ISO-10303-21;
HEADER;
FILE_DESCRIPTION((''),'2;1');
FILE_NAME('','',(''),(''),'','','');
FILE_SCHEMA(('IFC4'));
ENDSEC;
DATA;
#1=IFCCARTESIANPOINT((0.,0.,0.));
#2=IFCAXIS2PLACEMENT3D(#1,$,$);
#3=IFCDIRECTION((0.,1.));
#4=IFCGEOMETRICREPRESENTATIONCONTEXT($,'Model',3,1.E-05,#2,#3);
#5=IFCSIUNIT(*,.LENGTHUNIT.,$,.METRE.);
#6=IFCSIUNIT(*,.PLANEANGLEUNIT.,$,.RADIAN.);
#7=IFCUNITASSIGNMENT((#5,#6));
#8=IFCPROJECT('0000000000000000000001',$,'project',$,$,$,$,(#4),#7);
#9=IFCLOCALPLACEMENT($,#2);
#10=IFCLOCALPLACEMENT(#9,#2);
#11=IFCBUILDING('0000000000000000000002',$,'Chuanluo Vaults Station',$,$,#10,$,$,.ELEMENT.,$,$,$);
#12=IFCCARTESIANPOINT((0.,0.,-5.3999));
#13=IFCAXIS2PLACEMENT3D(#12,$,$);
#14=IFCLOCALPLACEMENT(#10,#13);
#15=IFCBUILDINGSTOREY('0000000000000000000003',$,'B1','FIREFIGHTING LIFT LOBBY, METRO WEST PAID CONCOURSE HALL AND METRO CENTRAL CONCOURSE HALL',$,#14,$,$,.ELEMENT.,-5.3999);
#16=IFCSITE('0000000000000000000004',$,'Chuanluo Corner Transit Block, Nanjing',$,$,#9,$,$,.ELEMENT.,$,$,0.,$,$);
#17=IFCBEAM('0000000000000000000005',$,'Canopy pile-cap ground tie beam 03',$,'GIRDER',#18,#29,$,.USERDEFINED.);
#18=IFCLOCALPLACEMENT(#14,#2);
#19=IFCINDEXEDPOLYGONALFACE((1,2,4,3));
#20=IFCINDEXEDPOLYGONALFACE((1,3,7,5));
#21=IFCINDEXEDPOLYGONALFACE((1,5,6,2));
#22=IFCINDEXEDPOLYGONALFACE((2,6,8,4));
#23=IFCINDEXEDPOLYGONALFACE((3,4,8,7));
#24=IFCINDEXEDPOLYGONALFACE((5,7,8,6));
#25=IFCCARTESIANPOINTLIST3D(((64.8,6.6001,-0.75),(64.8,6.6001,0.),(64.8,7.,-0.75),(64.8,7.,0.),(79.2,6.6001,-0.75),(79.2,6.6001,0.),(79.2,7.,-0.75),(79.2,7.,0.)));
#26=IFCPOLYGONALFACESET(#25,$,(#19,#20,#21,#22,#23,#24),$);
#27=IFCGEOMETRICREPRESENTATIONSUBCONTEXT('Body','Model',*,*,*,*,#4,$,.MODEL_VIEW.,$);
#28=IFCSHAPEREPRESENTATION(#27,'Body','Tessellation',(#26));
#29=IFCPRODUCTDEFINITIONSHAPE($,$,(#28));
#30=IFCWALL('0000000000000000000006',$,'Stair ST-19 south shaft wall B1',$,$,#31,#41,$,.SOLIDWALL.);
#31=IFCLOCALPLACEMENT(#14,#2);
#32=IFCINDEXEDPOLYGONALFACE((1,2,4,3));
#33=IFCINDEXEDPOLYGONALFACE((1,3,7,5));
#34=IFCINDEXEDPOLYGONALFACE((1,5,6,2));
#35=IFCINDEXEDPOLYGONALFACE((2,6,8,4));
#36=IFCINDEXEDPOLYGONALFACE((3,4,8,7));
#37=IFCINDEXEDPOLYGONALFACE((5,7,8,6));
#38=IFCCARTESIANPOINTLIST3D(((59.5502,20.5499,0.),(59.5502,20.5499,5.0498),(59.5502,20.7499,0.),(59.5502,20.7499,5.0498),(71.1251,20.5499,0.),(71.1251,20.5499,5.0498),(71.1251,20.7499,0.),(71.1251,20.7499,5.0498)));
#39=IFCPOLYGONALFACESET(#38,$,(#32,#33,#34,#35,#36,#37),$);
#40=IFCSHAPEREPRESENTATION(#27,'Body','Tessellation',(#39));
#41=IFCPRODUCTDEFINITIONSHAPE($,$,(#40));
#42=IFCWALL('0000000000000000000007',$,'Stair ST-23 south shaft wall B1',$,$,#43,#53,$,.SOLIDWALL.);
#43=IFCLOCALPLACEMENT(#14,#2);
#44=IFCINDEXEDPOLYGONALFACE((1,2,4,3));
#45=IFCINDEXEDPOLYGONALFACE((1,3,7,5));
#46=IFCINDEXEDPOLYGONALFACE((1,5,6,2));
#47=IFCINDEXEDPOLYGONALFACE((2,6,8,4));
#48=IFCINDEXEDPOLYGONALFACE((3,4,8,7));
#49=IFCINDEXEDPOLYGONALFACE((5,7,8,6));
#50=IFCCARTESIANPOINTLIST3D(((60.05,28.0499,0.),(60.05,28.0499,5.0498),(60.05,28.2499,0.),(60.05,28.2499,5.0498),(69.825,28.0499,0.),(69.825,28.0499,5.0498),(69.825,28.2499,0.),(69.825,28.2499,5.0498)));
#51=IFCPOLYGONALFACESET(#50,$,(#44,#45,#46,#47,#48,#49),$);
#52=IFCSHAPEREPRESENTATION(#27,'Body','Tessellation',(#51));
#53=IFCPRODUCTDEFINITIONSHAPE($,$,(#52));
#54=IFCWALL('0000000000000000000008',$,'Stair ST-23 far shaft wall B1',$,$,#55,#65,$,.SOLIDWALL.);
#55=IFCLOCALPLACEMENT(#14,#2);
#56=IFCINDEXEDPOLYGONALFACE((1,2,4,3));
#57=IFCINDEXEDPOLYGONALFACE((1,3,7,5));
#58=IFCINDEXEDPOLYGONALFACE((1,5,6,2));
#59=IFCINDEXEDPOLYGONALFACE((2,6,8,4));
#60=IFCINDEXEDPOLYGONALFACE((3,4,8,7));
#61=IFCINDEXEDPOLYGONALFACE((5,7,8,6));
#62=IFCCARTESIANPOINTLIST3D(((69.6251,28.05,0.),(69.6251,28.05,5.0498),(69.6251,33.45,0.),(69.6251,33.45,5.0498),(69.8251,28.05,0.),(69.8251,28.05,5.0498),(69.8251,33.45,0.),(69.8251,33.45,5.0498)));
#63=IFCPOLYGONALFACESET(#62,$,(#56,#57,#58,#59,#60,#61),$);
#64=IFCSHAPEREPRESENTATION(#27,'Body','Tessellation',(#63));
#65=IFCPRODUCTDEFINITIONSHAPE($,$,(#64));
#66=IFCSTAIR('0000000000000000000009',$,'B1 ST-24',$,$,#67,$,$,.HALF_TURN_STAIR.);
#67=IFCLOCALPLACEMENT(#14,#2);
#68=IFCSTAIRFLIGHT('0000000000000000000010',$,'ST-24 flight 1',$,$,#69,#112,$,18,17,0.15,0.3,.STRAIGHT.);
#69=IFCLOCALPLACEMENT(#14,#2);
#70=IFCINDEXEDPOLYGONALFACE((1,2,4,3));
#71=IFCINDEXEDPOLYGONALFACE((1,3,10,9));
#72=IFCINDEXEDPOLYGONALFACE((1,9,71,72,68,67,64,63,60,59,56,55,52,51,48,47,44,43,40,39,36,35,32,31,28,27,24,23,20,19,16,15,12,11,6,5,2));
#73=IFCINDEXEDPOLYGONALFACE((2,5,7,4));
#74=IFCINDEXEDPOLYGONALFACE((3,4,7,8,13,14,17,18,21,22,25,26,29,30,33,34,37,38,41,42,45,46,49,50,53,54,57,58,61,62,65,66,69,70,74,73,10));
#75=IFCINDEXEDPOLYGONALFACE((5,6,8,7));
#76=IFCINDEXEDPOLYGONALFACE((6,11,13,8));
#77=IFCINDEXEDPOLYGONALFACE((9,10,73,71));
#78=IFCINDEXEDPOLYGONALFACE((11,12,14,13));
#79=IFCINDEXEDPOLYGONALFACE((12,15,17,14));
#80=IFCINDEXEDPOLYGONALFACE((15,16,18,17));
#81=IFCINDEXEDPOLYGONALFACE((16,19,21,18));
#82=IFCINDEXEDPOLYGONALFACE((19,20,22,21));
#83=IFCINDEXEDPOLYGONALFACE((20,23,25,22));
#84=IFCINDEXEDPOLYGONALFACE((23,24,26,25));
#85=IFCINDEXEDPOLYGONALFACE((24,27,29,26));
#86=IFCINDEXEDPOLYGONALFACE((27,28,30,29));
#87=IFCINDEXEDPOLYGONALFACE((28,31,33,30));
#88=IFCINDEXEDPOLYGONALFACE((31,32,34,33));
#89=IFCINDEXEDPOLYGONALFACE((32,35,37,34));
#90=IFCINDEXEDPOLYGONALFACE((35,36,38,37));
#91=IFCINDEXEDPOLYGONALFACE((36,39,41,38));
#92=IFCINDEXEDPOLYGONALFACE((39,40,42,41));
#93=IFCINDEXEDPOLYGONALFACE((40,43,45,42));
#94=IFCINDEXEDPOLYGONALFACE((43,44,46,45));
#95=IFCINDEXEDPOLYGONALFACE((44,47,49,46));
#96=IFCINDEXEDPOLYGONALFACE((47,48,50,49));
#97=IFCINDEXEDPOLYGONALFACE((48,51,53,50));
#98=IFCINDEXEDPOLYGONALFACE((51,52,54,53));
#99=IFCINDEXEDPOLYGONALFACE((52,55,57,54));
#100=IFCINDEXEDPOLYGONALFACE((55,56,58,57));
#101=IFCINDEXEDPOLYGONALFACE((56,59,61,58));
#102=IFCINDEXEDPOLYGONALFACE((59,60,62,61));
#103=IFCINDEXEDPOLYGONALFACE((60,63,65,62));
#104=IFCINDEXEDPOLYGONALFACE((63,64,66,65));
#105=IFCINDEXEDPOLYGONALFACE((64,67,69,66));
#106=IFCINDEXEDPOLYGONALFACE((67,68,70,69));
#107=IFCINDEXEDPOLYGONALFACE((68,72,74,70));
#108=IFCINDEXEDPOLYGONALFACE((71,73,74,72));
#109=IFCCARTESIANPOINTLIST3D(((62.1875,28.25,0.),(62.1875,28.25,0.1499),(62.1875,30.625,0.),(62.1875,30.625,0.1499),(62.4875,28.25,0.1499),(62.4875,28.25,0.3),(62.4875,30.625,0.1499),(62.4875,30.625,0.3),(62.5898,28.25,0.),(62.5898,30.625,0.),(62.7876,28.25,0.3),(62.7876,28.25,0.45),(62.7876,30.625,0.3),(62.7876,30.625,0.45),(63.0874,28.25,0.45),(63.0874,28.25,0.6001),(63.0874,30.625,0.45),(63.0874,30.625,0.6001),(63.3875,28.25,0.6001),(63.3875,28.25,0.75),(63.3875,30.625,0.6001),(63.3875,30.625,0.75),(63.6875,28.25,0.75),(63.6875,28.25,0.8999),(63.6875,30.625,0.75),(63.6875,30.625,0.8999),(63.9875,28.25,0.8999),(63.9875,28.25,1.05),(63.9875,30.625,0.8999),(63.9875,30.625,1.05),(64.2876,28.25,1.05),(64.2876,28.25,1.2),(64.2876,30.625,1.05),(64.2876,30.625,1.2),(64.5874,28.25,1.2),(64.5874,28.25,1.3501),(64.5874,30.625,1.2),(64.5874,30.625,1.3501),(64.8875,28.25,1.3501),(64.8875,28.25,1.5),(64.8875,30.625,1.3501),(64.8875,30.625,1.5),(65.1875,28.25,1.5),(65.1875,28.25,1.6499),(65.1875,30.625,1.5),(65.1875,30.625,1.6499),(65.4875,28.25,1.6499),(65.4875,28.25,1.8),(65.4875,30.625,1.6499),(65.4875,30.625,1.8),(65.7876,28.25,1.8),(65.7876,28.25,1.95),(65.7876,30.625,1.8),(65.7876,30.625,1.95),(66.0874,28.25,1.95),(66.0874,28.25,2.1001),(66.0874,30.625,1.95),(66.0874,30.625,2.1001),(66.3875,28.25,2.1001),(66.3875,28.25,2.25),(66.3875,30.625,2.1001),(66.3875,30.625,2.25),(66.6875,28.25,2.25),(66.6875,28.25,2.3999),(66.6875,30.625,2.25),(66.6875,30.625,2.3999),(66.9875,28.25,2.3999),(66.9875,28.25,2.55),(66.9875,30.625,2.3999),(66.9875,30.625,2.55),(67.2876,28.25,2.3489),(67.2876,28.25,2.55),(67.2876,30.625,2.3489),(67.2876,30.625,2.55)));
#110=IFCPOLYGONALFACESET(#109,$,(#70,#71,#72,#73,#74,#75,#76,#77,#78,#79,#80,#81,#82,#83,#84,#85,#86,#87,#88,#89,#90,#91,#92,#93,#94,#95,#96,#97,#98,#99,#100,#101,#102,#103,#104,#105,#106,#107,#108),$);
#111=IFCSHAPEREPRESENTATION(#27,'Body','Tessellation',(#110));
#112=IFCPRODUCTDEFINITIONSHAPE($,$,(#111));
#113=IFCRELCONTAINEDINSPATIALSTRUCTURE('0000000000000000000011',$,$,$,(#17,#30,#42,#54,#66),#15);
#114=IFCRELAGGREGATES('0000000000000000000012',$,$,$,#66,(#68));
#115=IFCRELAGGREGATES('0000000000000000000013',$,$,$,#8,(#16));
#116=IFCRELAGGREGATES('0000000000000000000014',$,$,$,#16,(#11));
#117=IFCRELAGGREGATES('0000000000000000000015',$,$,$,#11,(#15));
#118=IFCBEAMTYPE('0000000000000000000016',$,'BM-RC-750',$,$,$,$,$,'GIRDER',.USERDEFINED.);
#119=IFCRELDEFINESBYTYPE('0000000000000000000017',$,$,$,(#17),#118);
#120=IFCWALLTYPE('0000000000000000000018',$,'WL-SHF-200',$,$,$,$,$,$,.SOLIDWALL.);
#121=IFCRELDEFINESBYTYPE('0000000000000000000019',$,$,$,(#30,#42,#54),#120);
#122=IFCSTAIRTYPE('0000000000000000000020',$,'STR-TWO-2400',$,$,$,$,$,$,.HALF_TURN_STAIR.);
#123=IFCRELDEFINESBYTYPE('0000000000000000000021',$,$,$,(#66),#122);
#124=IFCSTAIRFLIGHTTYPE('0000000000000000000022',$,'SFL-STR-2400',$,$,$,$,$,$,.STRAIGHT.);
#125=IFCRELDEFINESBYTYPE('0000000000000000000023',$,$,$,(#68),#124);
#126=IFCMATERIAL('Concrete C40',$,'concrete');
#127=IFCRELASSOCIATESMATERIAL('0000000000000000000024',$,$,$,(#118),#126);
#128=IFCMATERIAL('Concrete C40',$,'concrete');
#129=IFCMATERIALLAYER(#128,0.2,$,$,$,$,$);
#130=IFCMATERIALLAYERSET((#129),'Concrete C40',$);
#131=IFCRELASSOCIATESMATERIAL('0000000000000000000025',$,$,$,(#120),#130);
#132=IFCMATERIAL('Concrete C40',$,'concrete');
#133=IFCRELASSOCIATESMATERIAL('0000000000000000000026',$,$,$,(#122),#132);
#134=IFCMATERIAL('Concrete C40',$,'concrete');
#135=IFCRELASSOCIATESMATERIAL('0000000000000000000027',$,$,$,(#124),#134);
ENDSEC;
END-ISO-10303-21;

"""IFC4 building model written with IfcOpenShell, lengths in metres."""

from ifc_helpers import new_model, si_unit, direction, frame, frame_2d, origin, origin_2d, place, context, subcontext, project, spatial, polyline, rectangle, outline, extrude, material, layer, layer_set, material_profile, profile_set, type_object, element, aggregate, save


model = new_model("IFC4")

# Units and contexts
model_context = context("Model", 3, precision=1e-05, world=origin(), true_north=direction((0.0, 1.0)))
body_context = subcontext(model_context, "Body", "Model", "MODEL_VIEW")
ifc_project = project(units=[si_unit("LENGTHUNIT", "METRE"), si_unit("PLANEANGLEUNIT", "RADIAN")], contexts=[model_context])

# Site, building, storey
site_placement = place(None, origin())
site = spatial("IfcSite", under=ifc_project, at=site_placement, Name="Chuanluo Corner Transit Block, Nanjing", CompositionType="ELEMENT", RefElevation=0.0)
building_placement = place(site_placement, origin())
building = spatial("IfcBuilding", under=site, at=building_placement, Name="Chuanluo Vaults Station", CompositionType="ELEMENT")
storey_placement = place(building_placement, frame((0.0, 0.0, -5.3999)))
storey = spatial("IfcBuildingStorey", under=building, at=storey_placement, Name="B1", Description="FIREFIGHTING LIFT LOBBY, METRO WEST PAID CONCOURSE HALL AND METRO CENTRAL CONCOURSE HALL", CompositionType="ELEMENT", Elevation=-5.3999)

# Beam
ifc_material_1 = material(Name="Concrete C40", Category="concrete")
ifc_material_profile_1 = material_profile(ifc_material_1, rectangle(XDim=0.3999, YDim=0.75, at=origin_2d()))
ifc_profile_set_1 = profile_set([ifc_material_profile_1], Name="Concrete C40")
beam_type = type_object("IfcBeamType", Name="BM-RC-750", ElementType="GIRDER", PredefinedType="USERDEFINED", material=ifc_profile_set_1)
beam_placement = place(storey_placement, frame((64.8, 6.8, -0.375), z_axis=(1.0, 0.0, 0.0), x_axis=(0.0, 1.0, 0.0)))
element("IfcBeam", 1, at=beam_placement, inside=storey, type_object=beam_type, Name="Canopy pile-cap ground tie beam 03", ObjectType="GIRDER", PredefinedType="USERDEFINED", context=body_context, shape_type="SweptSolid", body=[
    extrude(rectangle(XDim=0.3999, YDim=0.75, at=origin_2d()), origin(), (0.0, 0.0, 1.0), 14.3999),
])

# Walls
ifc_material_2 = material(Name="Concrete C40", Category="concrete")
ifc_layer = layer(ifc_material_2, 0.2)
ifc_layer_set = layer_set([ifc_layer], Name="Concrete C40")
wall_type = type_object("IfcWallType", Name="WL-SHF-200", PredefinedType="SOLIDWALL", material=ifc_layer_set)
wall_1_placement = place(storey_placement, frame((59.55, 20.6499, 0.0), z_axis=(0.0, 0.0, 1.0), x_axis=(1.0, 0.0, 0.0)))
element("IfcWall", 2, at=wall_1_placement, inside=storey, type_object=wall_type, Name="Stair ST-19 south shaft wall B1", PredefinedType="SOLIDWALL", context=body_context, shape_type="SweptSolid", body=[
    extrude(rectangle(XDim=11.575, YDim=0.2, at=frame_2d((5.7876, 0.0))), origin(), (0.0, 0.0, 1.0), 5.0498),
])
wall_2_placement = place(storey_placement, frame((60.05, 28.1499, 0.0), z_axis=(0.0, 0.0, 1.0), x_axis=(1.0, 0.0, 0.0)))
element("IfcWall", 3, at=wall_2_placement, inside=storey, type_object=wall_type, Name="Stair ST-23 south shaft wall B1", PredefinedType="SOLIDWALL", context=body_context, shape_type="SweptSolid", body=[
    extrude(rectangle(XDim=9.7749, YDim=0.2, at=frame_2d((4.8875, 0.0))), origin(), (0.0, 0.0, 1.0), 5.0498),
])
wall_3_placement = place(storey_placement, frame((69.7251, 28.05, 0.0), z_axis=(0.0, 0.0, 1.0), x_axis=(0.0, 1.0, 0.0)))
element("IfcWall", 4, at=wall_3_placement, inside=storey, type_object=wall_type, Name="Stair ST-23 far shaft wall B1", PredefinedType="SOLIDWALL", context=body_context, shape_type="SweptSolid", body=[
    extrude(rectangle(XDim=5.3999, YDim=0.2, at=frame_2d((2.7, 0.0))), origin(), (0.0, 0.0, 1.0), 5.0498),
])

# Stair, stair flight
ifc_material_3 = material(Name="Concrete C40", Category="concrete")
stair_type = type_object("IfcStairType", Name="STR-TWO-2400", PredefinedType="HALF_TURN_STAIR", material=ifc_material_3)
stair_placement = place(storey_placement, origin())
stair = element("IfcStair", 5, at=stair_placement, inside=storey, type_object=stair_type, Name="B1 ST-24", PredefinedType="HALF_TURN_STAIR")
ifc_material_4 = material(Name="Concrete C40", Category="concrete")
stair_flight_type = type_object("IfcStairFlightType", Name="SFL-STR-2400", PredefinedType="STRAIGHT", material=ifc_material_4)
stair_flight_placement = place(storey_placement, frame((62.1875, 29.4375, 0.0), z_axis=(0.0, 0.0, 1.0), x_axis=(1.0, 0.0, 0.0)))
stair_flight = element("IfcStairFlight", 6, at=stair_flight_placement, type_object=stair_flight_type, Name="ST-24 flight 1", NumberOfRisers=18, NumberOfTreads=17, PredefinedType="STRAIGHT", RiserHeight=0.15, TreadLength=0.3, context=body_context, shape_type="SweptSolid", body=[
    extrude(outline(polyline([(0.0, 0.0), (0.0, 0.1499), (0.3, 0.1499), (0.3, 0.3), (0.6001, 0.3), (0.6001, 0.45), (0.8999, 0.45), (0.8999, 0.6001), (1.2, 0.6001), (1.2, 0.75), (1.5, 0.75), (1.5, 0.8999), (1.8, 0.8999), (1.8, 1.05), (2.1001, 1.05), (2.1001, 1.2), (2.3999, 1.2), (2.3999, 1.3501), (2.7, 1.3501), (2.7, 1.5), (3.0, 1.5), (3.0, 1.6499), (3.3, 1.6499), (3.3, 1.8), (3.6001, 1.8), (3.6001, 1.95), (3.8999, 1.95), (3.8999, 2.1001), (4.2, 2.1001), (4.2, 2.25), (4.5, 2.25), (4.5, 2.3999), (4.8, 2.3999), (4.8, 2.55), (5.1001, 2.55), (5.1001, 2.7), (5.1001, 2.3489), (0.4023, 0.0), (0.0, 0.0)])), frame((0.0, 1.1875, 0.0), z_axis=(0.0, -1.0, 0.0), x_axis=(1.0, 0.0, 0.0)), (0.0, 0.0, 1.0), 2.375),
])
aggregate(stair, [stair_flight])

save(model, "model.ifc")
